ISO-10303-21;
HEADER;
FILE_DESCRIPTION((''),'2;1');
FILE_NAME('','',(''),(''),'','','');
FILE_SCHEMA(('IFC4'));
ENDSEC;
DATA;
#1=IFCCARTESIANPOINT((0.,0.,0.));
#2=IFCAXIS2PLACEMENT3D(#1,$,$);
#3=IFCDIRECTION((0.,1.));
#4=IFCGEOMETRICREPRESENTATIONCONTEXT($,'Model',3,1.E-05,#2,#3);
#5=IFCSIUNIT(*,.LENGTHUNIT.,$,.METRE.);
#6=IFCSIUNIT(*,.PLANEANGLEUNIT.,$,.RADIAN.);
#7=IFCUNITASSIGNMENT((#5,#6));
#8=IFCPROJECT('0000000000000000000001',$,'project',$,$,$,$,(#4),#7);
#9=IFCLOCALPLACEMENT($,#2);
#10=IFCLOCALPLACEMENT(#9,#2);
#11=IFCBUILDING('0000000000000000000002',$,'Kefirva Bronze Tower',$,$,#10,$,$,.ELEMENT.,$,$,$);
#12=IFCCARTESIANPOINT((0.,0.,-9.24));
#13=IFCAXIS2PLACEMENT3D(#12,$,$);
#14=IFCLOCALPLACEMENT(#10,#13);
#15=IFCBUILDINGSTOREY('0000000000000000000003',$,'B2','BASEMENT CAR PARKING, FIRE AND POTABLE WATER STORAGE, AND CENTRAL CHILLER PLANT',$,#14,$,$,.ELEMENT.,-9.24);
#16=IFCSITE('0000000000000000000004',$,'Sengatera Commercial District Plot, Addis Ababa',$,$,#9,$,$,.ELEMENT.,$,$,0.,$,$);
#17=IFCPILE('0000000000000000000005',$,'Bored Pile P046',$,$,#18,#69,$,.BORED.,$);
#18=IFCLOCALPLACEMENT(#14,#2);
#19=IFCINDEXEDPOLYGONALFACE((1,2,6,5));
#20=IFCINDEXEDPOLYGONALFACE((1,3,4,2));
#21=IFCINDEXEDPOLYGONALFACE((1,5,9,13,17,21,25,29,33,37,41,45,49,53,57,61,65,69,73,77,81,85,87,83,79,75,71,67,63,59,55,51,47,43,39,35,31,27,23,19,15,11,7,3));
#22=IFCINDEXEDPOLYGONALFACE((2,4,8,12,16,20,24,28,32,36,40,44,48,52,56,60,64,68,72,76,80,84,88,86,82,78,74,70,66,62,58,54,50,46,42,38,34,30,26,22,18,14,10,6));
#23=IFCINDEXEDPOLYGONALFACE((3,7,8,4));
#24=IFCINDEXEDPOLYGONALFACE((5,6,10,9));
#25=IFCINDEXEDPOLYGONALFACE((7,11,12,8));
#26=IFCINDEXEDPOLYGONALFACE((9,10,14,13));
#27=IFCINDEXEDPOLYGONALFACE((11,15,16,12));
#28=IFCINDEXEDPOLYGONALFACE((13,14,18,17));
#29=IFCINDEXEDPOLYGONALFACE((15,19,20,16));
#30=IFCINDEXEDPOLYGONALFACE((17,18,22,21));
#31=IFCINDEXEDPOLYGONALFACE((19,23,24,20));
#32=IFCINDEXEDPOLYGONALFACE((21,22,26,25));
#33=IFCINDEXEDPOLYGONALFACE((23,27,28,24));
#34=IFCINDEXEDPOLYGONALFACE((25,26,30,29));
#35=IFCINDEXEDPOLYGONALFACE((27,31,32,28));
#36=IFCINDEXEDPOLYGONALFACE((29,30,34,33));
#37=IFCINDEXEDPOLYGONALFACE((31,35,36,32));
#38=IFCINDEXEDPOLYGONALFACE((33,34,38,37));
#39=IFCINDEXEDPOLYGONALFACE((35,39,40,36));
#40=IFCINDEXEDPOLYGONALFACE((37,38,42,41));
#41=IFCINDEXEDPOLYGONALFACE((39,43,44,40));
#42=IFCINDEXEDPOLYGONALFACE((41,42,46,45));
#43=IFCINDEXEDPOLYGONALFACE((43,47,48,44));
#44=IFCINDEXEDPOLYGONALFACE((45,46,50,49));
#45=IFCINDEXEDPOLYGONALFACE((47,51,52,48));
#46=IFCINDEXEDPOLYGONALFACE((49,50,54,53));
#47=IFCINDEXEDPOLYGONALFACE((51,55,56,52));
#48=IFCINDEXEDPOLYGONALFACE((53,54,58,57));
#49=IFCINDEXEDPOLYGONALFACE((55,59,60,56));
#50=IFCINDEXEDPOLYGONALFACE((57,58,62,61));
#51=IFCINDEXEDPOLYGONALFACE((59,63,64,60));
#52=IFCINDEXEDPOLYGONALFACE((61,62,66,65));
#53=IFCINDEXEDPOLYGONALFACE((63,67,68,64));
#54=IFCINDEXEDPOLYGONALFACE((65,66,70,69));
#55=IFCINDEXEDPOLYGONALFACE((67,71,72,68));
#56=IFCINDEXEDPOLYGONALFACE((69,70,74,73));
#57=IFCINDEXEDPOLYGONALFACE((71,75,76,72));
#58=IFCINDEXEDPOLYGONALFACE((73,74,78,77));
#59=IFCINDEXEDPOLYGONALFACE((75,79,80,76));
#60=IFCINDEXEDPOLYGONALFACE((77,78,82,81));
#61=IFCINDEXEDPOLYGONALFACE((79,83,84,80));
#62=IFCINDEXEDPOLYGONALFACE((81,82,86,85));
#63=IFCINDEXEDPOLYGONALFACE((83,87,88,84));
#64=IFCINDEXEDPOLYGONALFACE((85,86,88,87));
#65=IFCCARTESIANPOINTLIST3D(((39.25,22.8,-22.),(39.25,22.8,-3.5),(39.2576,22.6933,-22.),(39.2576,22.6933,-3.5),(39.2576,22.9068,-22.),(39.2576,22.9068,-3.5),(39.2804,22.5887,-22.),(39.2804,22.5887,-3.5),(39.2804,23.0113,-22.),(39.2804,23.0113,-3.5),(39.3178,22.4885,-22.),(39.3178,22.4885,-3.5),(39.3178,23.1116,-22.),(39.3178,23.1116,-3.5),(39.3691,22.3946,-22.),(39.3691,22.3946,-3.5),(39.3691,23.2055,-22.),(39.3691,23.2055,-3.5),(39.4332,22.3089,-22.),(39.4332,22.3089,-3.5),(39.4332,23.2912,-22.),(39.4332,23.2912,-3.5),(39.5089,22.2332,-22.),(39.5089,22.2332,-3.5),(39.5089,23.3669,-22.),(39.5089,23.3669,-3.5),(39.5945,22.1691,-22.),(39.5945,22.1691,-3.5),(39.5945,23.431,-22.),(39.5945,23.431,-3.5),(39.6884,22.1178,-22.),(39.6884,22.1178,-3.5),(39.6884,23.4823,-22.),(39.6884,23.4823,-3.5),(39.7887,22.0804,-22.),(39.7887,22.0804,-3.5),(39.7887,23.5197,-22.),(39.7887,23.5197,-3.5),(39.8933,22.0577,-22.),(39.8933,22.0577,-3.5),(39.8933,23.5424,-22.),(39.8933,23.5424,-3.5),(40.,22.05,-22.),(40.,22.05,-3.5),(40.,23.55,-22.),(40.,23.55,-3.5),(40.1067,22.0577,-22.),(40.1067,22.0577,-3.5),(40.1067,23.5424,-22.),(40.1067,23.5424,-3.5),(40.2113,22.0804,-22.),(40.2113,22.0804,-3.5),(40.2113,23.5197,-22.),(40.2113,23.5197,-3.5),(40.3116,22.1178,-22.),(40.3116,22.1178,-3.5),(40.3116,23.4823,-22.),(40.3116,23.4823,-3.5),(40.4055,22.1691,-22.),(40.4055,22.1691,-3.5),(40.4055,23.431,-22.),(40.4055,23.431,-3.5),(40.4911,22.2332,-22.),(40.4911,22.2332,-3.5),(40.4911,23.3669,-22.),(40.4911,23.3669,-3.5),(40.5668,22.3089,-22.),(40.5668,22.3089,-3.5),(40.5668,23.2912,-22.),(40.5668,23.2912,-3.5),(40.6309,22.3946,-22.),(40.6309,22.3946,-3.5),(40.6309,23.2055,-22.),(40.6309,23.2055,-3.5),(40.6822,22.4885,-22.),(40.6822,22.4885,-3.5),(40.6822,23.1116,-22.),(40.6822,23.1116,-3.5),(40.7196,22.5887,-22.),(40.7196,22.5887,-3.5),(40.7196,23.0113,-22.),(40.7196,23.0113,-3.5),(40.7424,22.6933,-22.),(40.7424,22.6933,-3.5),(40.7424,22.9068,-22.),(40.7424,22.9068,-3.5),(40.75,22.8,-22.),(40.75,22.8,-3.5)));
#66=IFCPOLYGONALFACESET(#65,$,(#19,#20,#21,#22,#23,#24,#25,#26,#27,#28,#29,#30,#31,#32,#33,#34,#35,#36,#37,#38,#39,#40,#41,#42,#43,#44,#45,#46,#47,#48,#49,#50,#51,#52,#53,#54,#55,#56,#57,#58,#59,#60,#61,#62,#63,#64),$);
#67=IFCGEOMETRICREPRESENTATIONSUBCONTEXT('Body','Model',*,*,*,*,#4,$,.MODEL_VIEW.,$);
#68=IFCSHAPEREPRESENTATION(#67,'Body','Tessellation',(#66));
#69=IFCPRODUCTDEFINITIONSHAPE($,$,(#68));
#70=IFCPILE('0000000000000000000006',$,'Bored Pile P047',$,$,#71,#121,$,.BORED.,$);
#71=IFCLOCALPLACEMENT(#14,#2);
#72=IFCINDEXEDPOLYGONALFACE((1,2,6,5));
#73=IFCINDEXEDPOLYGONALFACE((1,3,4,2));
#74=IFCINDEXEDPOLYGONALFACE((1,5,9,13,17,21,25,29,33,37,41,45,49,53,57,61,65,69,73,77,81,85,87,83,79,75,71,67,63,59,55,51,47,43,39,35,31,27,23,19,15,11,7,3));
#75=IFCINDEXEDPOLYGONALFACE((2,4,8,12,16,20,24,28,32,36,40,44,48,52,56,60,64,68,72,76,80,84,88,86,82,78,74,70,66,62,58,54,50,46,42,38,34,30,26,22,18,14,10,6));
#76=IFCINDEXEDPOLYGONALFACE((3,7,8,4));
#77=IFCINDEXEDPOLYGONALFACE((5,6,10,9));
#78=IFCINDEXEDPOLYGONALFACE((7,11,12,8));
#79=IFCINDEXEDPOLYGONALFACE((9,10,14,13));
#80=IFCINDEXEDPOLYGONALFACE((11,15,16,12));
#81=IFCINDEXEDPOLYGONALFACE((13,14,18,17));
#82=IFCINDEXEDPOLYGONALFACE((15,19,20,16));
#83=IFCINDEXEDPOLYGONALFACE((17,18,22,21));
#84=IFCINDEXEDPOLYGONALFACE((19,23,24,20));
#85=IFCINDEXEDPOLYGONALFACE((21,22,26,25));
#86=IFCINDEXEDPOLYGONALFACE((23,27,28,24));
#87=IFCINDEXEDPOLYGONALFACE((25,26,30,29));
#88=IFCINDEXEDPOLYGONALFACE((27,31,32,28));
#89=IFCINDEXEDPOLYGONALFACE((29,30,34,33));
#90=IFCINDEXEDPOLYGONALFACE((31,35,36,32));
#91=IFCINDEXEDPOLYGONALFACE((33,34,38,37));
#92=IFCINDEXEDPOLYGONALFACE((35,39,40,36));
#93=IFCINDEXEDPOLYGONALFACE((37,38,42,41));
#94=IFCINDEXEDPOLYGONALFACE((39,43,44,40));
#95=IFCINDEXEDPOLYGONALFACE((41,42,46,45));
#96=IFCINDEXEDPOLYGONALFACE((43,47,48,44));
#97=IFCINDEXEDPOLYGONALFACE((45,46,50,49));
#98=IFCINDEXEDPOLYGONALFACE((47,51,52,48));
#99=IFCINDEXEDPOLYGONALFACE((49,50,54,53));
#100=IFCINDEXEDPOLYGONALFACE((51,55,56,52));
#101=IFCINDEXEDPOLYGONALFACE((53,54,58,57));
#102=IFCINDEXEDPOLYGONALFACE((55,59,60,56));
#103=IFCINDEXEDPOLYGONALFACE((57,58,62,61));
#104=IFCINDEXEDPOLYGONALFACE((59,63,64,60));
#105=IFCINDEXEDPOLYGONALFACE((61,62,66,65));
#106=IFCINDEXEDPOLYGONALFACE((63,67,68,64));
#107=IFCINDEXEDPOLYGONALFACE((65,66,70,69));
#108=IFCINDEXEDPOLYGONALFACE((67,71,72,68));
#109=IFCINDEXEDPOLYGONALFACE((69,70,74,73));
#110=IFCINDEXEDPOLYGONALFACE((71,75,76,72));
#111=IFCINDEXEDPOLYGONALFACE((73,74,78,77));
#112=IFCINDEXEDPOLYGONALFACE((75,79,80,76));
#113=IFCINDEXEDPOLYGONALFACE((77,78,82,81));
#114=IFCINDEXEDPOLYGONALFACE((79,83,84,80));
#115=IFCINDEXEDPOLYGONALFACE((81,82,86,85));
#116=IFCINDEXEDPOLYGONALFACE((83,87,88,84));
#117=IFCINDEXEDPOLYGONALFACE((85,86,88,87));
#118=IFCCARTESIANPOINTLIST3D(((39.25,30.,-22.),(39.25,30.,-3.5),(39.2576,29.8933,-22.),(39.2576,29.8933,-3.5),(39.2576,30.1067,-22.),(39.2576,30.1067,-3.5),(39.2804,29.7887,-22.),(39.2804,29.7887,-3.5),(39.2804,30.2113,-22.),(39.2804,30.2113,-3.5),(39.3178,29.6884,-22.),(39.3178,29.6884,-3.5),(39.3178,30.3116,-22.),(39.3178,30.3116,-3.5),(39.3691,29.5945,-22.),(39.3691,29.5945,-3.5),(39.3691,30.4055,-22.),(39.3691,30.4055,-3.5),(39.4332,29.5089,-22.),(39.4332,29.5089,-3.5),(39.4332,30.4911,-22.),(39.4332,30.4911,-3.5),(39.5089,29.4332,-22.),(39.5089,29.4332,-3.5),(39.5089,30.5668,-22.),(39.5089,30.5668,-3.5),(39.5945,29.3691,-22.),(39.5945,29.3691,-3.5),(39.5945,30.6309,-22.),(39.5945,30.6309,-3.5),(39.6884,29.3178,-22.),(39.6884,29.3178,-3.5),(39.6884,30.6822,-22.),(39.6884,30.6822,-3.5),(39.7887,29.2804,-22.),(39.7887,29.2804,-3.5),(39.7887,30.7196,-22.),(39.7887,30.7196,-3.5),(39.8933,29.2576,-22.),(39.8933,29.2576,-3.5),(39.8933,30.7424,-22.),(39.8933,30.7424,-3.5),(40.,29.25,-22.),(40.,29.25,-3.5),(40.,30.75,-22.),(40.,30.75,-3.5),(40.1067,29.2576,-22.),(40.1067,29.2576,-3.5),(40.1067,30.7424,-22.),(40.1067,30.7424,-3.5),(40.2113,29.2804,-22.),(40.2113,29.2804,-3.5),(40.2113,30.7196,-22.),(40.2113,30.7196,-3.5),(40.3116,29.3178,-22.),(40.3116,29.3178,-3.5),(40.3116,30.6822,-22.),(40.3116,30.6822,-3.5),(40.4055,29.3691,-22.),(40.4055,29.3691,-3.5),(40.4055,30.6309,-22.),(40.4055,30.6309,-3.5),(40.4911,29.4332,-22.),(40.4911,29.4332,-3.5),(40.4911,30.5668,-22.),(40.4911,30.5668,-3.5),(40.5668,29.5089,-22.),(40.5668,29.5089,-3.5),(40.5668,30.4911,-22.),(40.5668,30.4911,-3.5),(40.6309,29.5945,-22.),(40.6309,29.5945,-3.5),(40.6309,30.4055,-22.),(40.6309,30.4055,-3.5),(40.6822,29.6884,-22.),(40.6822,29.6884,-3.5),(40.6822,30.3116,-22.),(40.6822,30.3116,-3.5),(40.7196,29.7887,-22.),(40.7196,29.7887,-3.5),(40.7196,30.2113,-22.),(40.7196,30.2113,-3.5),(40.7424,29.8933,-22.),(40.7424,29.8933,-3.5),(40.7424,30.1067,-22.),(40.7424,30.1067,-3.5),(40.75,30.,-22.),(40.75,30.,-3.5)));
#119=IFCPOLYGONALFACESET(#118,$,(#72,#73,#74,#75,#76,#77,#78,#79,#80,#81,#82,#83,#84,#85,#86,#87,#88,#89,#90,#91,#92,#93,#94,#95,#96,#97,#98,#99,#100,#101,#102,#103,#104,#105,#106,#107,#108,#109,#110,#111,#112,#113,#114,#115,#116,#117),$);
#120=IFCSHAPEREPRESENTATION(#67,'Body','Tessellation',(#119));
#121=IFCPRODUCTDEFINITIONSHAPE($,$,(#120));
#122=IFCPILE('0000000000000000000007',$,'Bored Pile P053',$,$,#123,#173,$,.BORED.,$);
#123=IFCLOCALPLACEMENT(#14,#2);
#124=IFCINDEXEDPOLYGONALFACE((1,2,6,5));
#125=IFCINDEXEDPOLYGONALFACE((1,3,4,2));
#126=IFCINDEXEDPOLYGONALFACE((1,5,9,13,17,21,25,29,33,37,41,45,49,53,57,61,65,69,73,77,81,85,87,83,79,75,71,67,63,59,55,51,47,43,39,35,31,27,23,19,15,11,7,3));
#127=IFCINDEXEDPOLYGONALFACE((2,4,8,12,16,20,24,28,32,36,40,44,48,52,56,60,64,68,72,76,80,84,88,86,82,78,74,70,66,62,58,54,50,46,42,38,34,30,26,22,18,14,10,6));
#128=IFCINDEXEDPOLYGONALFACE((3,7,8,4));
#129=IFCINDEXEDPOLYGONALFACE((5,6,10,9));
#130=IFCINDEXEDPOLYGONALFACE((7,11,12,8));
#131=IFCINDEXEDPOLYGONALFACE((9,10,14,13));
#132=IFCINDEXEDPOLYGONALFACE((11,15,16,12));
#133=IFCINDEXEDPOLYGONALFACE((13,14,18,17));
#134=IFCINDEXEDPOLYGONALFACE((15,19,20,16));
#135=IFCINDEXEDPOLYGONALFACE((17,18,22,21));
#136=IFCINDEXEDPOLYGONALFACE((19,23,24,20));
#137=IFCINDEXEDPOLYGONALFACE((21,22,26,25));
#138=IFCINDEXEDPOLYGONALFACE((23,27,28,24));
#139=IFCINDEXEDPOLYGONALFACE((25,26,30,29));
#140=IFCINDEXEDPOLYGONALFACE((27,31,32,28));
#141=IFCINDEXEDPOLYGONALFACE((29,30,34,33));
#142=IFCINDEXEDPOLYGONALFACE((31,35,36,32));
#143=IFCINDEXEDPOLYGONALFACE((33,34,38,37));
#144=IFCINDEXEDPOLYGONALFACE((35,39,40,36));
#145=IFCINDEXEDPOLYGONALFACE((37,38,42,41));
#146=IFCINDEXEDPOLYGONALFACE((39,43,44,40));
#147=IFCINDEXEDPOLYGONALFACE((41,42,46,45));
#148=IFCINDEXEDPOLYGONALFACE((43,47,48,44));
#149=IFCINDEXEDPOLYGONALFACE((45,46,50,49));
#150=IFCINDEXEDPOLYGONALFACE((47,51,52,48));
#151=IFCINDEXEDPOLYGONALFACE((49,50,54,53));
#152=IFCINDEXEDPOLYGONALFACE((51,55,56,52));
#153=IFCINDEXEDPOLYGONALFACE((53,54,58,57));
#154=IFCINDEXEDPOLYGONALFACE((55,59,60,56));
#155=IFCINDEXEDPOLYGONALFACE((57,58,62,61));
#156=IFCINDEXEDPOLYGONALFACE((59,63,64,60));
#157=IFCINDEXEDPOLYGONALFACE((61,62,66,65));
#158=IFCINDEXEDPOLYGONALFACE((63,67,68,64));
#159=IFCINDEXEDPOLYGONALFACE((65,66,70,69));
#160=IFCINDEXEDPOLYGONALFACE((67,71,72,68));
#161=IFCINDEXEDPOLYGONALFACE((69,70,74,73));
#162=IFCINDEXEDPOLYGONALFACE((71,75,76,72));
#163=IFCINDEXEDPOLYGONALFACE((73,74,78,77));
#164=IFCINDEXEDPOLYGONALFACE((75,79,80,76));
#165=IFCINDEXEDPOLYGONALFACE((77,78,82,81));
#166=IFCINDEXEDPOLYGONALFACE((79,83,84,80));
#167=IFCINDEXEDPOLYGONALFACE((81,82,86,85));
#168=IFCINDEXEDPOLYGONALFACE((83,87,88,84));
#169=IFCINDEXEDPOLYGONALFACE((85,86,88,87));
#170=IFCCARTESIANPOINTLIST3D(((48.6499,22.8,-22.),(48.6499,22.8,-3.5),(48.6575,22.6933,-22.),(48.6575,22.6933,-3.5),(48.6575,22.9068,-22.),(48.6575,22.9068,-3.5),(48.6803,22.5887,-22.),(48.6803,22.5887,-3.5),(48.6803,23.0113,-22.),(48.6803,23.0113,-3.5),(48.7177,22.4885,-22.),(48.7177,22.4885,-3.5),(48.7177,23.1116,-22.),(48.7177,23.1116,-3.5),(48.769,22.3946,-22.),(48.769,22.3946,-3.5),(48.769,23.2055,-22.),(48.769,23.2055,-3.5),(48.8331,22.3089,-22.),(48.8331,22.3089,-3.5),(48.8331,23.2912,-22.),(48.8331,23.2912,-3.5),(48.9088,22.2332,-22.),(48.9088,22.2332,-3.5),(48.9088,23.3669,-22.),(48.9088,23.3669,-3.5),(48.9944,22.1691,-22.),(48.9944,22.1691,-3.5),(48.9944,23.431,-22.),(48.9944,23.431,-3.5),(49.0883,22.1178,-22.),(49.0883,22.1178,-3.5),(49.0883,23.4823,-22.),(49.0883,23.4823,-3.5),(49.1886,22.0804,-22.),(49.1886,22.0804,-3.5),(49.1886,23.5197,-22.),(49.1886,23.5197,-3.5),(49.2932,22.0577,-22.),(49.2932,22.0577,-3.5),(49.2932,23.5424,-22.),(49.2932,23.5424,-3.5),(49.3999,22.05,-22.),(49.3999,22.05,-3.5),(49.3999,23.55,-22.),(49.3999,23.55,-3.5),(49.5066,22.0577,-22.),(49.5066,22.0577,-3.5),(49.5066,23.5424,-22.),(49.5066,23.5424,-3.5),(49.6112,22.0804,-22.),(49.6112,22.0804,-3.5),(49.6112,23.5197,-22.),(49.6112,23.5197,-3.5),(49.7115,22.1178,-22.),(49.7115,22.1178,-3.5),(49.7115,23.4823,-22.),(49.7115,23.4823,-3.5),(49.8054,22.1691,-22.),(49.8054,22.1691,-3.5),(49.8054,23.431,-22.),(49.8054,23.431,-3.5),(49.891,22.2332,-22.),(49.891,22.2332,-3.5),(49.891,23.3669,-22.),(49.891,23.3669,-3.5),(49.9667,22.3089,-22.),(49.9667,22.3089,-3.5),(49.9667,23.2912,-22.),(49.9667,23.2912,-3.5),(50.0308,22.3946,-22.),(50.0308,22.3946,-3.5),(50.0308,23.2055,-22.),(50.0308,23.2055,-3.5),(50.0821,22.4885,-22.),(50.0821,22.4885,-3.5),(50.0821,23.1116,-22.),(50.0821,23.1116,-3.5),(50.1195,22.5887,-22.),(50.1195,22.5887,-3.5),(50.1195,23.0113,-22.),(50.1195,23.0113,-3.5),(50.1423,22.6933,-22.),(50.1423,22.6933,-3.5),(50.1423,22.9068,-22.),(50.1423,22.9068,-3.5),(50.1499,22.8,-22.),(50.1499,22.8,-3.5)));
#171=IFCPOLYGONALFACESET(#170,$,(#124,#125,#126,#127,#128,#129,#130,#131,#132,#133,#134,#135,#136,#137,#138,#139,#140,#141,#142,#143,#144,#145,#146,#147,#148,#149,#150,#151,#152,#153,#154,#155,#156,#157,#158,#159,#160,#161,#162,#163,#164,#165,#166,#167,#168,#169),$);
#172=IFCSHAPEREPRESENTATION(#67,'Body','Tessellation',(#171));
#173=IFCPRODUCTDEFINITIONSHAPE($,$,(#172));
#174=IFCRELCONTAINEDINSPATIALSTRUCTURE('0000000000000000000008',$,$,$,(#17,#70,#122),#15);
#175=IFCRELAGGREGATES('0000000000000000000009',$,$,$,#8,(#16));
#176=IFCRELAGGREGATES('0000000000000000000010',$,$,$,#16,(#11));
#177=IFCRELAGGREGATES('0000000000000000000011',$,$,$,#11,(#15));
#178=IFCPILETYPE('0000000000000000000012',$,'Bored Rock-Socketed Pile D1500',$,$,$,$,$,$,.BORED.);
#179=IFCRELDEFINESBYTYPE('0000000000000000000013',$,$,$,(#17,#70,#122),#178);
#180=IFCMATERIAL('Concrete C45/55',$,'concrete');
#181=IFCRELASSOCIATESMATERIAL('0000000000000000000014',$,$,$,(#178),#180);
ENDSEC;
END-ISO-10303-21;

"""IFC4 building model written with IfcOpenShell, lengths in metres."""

from ifc_helpers import new_model, si_unit, direction, frame, origin, origin_2d, place, context, subcontext, project, spatial, circle, extrude, material, material_profile, profile_set, type_object, element, save


model = new_model("IFC4")

# Units and contexts
model_context = context("Model", 3, precision=1e-05, world=origin(), true_north=direction((0.0, 1.0)))
body_context = subcontext(model_context, "Body", "Model", "MODEL_VIEW")
ifc_project = project(units=[si_unit("LENGTHUNIT", "METRE"), si_unit("PLANEANGLEUNIT", "RADIAN")], contexts=[model_context])

# Site, building, storey
site_placement = place(None, origin())
site = spatial("IfcSite", under=ifc_project, at=site_placement, Name="Sengatera Commercial District Plot, Addis Ababa", CompositionType="ELEMENT", RefElevation=0.0)
building_placement = place(site_placement, origin())
building = spatial("IfcBuilding", under=site, at=building_placement, Name="Kefirva Bronze Tower", CompositionType="ELEMENT")
storey_placement = place(building_placement, frame((0.0, 0.0, -9.24)))
storey = spatial("IfcBuildingStorey", under=building, at=storey_placement, Name="B2", Description="BASEMENT CAR PARKING, FIRE AND POTABLE WATER STORAGE, AND CENTRAL CHILLER PLANT", CompositionType="ELEMENT", Elevation=-9.24)

# Piles
ifc_material_1 = material(Name="Concrete C45/55", Category="concrete")
ifc_material_profile_1 = material_profile(ifc_material_1, circle(Radius=0.75, at=origin_2d()), Name="BORED PILE D1500")
ifc_profile_set_1 = profile_set([ifc_material_profile_1], Name="Concrete C45/55")
pile_type = type_object("IfcPileType", Name="Bored Rock-Socketed Pile D1500", PredefinedType="BORED", material=ifc_profile_set_1)
for number, where, z_axis, x_axis, name in (
    (1, (40.0, 22.8, -3.5), (0.0, 0.0, -1.0), (1.0, 0.0, 0.0), "Bored Pile P046"),
    (2, (40.0, 30.0, -3.5), (0.0, 0.0, -1.0), (1.0, 0.0, 0.0), "Bored Pile P047"),
    (3, (49.3999, 22.8, -3.5), (0.0, 0.0, -1.0), (1.0, 0.0, 0.0), "Bored Pile P053"),
):
    element("IfcPile", number, at=place(storey_placement, frame(where, z_axis=z_axis, x_axis=x_axis)), inside=storey, type_object=pile_type, Name=name, PredefinedType="BORED", context=body_context, shape_type="SweptSolid", body=[
        extrude(circle(Radius=0.75, at=origin_2d()), origin(), (0.0, 0.0, 1.0), 18.5),
    ])

save(model, "model.ifc")
